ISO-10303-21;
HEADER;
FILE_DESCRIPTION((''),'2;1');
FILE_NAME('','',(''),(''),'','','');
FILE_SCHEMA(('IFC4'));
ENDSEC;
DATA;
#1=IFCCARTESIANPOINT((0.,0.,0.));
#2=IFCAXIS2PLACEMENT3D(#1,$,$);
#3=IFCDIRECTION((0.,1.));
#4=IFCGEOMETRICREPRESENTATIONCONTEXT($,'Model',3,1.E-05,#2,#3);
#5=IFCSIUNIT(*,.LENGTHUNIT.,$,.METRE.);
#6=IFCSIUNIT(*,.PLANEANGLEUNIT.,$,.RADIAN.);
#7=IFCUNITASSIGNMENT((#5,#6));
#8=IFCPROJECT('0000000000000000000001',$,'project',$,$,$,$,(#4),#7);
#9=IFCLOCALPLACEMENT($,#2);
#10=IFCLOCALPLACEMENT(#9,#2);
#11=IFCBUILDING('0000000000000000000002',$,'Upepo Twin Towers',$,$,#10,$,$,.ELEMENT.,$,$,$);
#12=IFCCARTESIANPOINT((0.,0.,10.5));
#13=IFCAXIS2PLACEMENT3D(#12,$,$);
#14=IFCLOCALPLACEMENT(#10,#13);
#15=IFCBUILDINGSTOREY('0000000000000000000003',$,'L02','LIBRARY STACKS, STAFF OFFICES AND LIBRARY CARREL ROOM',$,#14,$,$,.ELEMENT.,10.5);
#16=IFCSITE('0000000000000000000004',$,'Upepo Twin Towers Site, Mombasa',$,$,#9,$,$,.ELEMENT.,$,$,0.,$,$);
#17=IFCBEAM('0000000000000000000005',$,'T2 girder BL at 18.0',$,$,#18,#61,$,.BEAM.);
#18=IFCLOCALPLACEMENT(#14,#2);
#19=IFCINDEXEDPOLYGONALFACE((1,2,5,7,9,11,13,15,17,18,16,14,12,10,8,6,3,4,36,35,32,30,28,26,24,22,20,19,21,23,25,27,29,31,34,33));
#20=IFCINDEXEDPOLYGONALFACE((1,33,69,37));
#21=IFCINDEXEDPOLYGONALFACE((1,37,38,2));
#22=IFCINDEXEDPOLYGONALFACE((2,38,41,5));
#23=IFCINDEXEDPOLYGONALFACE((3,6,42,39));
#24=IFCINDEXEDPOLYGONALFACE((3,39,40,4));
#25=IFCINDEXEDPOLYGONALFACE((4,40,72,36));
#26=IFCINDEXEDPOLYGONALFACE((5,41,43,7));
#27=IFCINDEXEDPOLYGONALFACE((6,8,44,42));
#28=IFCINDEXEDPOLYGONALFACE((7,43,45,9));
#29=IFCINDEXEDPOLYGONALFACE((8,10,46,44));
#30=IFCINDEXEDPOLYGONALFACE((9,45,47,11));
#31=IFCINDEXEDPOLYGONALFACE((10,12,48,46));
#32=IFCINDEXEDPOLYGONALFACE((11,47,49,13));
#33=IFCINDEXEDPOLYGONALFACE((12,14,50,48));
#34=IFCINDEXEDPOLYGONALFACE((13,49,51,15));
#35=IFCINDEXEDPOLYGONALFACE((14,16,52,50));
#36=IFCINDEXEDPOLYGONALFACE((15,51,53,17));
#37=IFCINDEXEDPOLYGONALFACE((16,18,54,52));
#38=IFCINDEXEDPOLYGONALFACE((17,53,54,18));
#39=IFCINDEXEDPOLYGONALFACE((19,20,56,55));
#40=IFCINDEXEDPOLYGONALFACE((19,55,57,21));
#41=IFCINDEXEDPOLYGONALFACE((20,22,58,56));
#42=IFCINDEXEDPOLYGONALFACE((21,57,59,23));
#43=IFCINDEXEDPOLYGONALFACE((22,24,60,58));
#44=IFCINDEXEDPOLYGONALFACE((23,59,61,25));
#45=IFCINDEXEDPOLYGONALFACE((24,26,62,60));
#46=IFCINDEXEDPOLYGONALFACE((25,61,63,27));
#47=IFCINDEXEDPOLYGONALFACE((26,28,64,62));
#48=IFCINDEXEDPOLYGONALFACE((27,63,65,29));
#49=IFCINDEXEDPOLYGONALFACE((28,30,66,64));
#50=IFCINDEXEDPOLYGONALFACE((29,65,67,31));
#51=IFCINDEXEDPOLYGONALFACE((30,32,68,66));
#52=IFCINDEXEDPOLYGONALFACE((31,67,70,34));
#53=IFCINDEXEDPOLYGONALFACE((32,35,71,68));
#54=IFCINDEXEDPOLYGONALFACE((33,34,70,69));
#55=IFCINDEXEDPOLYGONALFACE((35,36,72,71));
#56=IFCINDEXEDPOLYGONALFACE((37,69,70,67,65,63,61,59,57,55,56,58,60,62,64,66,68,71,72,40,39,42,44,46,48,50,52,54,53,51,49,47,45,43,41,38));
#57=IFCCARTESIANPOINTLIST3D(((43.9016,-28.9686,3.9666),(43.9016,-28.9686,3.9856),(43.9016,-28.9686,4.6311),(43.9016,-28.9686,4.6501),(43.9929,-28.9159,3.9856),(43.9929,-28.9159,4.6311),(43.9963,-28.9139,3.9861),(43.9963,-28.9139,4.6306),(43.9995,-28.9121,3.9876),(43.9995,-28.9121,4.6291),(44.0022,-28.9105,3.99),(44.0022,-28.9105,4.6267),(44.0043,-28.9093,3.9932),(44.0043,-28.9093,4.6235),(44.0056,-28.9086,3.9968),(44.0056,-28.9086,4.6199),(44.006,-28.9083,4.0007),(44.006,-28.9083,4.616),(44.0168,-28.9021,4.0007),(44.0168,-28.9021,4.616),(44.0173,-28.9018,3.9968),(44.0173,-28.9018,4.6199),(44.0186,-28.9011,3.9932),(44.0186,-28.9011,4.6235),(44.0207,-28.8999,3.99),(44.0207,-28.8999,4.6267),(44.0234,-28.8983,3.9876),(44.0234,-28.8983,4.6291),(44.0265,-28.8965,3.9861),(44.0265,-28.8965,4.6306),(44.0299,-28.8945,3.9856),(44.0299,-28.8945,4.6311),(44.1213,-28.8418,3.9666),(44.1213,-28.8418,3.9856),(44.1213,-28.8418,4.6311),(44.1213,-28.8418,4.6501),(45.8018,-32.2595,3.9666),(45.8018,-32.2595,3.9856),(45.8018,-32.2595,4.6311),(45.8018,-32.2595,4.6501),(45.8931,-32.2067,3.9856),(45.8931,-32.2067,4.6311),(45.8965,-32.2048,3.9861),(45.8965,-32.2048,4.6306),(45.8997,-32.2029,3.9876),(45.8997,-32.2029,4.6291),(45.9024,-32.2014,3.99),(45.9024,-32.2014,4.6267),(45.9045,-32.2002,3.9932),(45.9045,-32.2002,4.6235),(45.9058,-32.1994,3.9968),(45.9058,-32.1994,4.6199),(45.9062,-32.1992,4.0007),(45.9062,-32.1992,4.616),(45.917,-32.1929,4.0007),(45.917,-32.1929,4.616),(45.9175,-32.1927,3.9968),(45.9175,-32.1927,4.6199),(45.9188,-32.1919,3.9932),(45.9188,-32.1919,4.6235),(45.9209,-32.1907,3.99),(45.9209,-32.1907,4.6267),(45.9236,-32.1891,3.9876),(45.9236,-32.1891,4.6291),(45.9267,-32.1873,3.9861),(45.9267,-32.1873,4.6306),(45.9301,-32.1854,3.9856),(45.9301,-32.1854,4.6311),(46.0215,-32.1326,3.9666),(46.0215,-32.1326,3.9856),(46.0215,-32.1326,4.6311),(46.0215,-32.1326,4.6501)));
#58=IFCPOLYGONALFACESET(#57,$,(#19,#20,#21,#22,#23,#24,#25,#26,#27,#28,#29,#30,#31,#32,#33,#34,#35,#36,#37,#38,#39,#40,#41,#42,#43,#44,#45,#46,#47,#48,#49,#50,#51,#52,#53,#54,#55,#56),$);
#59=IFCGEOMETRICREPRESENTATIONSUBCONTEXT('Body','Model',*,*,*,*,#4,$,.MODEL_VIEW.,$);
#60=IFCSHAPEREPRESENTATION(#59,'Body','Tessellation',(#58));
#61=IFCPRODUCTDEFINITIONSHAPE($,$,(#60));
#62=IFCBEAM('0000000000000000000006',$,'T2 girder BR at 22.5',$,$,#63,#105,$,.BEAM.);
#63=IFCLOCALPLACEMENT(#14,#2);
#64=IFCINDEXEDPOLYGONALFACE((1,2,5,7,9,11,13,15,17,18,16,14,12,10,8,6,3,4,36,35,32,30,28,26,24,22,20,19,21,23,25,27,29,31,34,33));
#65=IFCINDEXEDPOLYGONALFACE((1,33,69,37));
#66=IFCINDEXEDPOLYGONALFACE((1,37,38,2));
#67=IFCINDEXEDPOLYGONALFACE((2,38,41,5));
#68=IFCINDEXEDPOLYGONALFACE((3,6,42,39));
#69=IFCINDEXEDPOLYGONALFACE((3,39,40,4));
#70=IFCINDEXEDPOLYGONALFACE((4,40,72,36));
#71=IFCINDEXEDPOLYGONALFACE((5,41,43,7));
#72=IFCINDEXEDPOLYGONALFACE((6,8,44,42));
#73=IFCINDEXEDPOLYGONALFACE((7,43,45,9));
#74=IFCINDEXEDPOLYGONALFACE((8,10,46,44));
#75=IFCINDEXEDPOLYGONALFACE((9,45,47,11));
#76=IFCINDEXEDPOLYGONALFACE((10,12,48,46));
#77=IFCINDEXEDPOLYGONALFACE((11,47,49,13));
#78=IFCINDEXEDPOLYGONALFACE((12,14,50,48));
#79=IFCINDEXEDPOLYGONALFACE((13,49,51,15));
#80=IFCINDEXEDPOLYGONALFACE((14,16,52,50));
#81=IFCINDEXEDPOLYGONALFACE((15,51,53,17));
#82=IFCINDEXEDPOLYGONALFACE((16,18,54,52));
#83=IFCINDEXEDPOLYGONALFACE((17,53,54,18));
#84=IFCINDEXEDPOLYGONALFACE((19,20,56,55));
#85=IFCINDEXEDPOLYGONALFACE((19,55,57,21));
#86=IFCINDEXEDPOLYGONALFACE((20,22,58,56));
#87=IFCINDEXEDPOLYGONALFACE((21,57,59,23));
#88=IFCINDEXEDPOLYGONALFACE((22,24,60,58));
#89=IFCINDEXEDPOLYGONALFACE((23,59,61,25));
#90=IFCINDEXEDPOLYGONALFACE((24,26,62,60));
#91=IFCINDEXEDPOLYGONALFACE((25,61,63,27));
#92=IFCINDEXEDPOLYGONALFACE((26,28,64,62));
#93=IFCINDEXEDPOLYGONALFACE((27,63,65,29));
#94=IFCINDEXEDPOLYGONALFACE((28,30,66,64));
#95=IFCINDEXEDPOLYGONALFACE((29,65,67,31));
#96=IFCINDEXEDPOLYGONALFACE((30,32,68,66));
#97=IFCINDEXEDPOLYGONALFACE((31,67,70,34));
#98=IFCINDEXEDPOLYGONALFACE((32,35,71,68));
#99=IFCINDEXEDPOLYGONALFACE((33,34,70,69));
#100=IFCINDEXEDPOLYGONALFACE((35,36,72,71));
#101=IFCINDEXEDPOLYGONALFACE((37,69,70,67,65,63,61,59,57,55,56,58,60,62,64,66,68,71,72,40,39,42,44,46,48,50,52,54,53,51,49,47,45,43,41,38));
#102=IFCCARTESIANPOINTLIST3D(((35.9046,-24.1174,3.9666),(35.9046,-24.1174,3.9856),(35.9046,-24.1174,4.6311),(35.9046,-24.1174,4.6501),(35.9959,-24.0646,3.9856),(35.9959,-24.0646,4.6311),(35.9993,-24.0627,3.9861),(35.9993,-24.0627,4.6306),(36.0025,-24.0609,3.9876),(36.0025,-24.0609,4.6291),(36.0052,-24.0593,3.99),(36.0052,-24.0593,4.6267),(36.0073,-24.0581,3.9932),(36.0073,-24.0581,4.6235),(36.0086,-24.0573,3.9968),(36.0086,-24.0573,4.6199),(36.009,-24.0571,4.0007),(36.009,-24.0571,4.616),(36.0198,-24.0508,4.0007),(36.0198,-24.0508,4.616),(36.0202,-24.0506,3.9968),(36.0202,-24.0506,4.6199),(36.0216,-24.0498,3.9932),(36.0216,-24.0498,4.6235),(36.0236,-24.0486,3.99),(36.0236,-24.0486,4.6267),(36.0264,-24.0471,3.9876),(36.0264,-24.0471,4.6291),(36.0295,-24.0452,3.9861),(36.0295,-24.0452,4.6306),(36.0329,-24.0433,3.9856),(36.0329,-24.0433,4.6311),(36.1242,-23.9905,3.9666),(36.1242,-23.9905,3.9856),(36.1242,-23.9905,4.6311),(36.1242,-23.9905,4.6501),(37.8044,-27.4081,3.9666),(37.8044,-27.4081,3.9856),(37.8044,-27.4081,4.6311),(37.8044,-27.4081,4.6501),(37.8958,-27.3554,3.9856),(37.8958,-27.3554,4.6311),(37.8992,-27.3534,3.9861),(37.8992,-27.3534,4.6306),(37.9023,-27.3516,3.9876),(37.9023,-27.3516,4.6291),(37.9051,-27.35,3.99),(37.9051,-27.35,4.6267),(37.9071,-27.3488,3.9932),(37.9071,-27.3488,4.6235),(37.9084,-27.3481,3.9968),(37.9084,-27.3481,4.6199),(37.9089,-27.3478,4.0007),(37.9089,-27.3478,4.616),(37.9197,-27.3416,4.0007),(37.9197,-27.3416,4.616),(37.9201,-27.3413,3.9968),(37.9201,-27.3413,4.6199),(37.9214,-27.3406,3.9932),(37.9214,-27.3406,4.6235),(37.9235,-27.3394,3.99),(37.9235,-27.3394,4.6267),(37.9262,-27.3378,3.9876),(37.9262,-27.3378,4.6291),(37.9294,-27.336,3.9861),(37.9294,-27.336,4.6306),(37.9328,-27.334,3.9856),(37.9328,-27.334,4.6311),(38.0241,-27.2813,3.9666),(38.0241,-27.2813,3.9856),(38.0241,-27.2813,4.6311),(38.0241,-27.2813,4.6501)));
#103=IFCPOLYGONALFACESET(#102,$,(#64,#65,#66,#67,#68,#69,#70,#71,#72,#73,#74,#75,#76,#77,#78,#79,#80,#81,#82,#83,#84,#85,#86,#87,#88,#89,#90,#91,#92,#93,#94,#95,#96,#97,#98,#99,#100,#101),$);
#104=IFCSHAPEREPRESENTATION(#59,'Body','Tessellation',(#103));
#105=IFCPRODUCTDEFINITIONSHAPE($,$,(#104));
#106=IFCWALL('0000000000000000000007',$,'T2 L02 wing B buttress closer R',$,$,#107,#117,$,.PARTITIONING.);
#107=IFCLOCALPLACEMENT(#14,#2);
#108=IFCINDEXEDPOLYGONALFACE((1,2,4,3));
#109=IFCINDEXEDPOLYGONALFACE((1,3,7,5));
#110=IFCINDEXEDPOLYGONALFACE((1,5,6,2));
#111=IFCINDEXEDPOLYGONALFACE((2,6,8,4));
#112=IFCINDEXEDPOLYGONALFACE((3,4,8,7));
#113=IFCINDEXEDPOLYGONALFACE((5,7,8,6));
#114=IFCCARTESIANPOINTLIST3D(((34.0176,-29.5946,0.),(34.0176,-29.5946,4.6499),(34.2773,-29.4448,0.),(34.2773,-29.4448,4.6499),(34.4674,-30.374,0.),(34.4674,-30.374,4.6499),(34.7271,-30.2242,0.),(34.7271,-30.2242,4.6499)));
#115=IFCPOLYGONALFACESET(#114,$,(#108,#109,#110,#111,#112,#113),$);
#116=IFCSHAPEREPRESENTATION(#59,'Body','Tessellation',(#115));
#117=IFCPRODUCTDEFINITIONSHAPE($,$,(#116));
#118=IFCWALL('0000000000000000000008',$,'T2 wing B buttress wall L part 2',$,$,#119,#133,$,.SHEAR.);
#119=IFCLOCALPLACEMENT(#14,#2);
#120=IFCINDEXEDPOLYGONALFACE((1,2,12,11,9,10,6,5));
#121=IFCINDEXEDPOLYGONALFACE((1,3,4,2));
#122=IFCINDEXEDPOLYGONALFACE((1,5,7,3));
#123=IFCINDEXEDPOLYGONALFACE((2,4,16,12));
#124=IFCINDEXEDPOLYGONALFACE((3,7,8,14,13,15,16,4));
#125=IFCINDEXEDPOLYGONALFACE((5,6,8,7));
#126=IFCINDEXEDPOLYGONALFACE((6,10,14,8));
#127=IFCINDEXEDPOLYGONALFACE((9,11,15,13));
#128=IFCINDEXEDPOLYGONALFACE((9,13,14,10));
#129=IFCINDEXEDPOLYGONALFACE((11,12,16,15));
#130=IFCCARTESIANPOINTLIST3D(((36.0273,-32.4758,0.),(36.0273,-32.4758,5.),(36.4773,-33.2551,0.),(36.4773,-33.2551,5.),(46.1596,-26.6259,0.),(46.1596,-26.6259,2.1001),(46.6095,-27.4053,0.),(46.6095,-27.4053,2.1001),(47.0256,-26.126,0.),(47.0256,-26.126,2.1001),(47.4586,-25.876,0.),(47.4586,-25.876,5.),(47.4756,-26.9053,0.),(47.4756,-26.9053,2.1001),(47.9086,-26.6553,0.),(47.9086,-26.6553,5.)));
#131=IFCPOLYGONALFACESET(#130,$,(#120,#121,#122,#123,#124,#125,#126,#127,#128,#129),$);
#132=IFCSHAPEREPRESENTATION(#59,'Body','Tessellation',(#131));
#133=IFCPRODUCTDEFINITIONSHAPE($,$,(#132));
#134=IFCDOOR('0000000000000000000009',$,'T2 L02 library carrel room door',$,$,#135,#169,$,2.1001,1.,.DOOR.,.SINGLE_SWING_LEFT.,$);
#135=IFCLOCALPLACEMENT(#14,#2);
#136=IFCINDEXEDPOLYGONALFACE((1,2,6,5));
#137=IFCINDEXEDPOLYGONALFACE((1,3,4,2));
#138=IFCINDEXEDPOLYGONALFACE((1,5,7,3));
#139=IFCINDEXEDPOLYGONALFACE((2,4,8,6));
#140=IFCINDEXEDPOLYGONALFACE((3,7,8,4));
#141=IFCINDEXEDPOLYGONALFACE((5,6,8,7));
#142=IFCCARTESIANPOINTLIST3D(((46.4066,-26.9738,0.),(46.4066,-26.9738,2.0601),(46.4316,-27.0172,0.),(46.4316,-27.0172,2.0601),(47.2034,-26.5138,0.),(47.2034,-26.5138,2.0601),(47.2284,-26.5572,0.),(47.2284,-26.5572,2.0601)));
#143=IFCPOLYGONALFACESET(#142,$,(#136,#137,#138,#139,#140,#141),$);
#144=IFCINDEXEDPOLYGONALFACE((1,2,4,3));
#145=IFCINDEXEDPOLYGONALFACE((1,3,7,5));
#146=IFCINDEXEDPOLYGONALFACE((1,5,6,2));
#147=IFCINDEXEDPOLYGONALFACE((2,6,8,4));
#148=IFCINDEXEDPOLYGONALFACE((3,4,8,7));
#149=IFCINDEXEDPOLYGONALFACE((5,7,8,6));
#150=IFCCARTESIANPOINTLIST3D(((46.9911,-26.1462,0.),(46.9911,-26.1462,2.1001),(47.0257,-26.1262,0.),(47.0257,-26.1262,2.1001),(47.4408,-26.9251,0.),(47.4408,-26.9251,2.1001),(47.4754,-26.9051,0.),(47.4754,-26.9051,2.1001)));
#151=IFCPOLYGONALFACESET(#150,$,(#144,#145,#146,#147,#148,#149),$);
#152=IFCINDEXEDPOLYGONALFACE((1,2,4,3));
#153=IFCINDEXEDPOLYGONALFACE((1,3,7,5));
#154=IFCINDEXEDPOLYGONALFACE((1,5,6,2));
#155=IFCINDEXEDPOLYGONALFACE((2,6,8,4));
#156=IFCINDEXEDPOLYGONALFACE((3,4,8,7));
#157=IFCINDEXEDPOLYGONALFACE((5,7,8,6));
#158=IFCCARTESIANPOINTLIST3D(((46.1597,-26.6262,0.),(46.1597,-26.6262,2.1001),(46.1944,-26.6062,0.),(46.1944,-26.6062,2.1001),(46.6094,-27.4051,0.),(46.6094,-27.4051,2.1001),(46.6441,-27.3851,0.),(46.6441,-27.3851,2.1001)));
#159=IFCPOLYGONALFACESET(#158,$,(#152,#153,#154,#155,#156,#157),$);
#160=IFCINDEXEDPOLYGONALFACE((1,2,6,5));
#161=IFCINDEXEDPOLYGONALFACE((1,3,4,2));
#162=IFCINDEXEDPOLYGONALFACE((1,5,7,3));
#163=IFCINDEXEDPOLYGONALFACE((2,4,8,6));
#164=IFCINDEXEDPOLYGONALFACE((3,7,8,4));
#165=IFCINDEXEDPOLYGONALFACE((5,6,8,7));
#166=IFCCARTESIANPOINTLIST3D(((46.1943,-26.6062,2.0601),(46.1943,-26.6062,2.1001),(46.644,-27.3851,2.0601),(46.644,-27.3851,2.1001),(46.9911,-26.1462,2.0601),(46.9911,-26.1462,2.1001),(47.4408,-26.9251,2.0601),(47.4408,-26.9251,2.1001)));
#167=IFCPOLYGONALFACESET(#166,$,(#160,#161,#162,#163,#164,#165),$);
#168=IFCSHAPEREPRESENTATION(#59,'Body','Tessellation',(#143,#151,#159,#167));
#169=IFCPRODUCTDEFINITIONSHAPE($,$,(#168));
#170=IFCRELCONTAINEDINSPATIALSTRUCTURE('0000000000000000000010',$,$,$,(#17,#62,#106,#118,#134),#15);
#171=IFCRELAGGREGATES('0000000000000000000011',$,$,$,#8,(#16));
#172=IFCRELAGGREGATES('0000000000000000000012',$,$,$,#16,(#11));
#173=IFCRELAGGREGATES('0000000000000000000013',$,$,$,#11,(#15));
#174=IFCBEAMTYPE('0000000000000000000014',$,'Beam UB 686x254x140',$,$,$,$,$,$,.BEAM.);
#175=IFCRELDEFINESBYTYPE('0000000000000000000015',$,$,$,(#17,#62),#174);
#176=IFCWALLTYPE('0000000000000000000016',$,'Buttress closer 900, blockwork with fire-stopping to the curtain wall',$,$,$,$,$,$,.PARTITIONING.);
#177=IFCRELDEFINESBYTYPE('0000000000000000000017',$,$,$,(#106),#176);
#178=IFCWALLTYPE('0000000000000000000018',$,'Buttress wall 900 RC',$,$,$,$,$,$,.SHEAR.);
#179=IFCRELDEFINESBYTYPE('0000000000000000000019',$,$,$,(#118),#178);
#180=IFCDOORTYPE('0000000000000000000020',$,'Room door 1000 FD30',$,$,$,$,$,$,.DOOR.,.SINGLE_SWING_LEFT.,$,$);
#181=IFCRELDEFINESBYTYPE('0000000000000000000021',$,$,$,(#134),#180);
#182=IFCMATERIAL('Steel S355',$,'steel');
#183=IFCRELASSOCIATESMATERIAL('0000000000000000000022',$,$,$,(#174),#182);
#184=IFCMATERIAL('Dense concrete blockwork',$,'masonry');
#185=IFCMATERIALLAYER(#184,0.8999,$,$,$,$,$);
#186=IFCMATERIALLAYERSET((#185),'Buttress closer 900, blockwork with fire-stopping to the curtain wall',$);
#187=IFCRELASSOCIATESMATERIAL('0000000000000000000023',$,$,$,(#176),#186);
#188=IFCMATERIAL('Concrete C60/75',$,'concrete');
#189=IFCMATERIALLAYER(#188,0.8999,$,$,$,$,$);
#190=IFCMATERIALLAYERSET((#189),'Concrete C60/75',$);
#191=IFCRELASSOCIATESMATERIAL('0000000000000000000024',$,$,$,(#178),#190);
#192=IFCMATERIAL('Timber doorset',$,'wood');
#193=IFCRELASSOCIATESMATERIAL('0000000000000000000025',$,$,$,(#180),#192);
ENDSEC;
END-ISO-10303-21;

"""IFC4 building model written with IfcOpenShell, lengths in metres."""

from ifc_helpers import new_model, si_unit, direction, frame, frame_2d, origin, origin_2d, place, context, subcontext, project, spatial, rectangle, i_section, extrude, material, layer, layer_set, material_profile, profile_set, type_object, element, fill, save


model = new_model("IFC4")

# Units and contexts
model_context = context("Model", 3, precision=1e-05, world=origin(), true_north=direction((0.0, 1.0)))
body_context = subcontext(model_context, "Body", "Model", "MODEL_VIEW")
ifc_project = project(units=[si_unit("LENGTHUNIT", "METRE"), si_unit("PLANEANGLEUNIT", "RADIAN")], contexts=[model_context])

# Site, building, storey
site_placement = place(None, origin())
site = spatial("IfcSite", under=ifc_project, at=site_placement, Name="Upepo Twin Towers Site, Mombasa", CompositionType="ELEMENT", RefElevation=0.0)
building_placement = place(site_placement, origin())
building = spatial("IfcBuilding", under=site, at=building_placement, Name="Upepo Twin Towers", CompositionType="ELEMENT")
storey_placement = place(building_placement, frame((0.0, 0.0, 10.5)))
storey = spatial("IfcBuildingStorey", under=building, at=storey_placement, Name="L02", Description="LIBRARY STACKS, STAFF OFFICES AND LIBRARY CARREL ROOM", CompositionType="ELEMENT", Elevation=10.5)

# Beams
ifc_material_1 = material(Name="Steel S355", Category="steel")
ifc_material_profile_1 = material_profile(ifc_material_1, i_section(OverallWidth=0.2537, OverallDepth=0.6836, WebThickness=0.0125, FlangeThickness=0.019, FilletRadius=0.0151, at=origin_2d()), Name="UB 686x254x140")
ifc_profile_set_1 = profile_set([ifc_material_profile_1], Name="Steel S355")
beam_type_1 = type_object("IfcBeamType", Name="Beam UB 686x254x140", PredefinedType="BEAM", material=ifc_profile_set_1)
beam_1_placement = place(storey_placement, frame((45.9116, -32.196, 4.3083), z_axis=(-0.500043, 0.866, 0.0), x_axis=(-0.866, -0.500043, 0.0)))
element("IfcBeam", 1, at=beam_1_placement, inside=storey, type_object=beam_type_1, Name="T2 girder BL at 18.0", PredefinedType="BEAM", context=body_context, shape_type="SweptSolid", body=[
    extrude(i_section(OverallWidth=0.2537, OverallDepth=0.6836, WebThickness=0.0125, FlangeThickness=0.019, FilletRadius=0.0151, at=origin_2d()), origin(), (0.0, 0.0, 1.0), 3.8),
])
beam_2_placement = place(storey_placement, frame((36.0144, -24.054, 4.3083), z_axis=(0.499995, -0.866028, 0.0), x_axis=(0.866028, 0.499995, 0.0)))
element("IfcBeam", 2, at=beam_2_placement, inside=storey, type_object=beam_type_1, Name="T2 girder BR at 22.5", PredefinedType="BEAM", context=body_context, shape_type="SweptSolid", body=[
    extrude(i_section(OverallWidth=0.2537, OverallDepth=0.6836, WebThickness=0.0125, FlangeThickness=0.019, FilletRadius=0.0151, at=origin_2d()), origin(), (0.0, 0.0, 1.0), 3.7998),
])

# Wall
ifc_material_2 = material(Name="Dense concrete blockwork", Category="masonry")
ifc_layer_1 = layer(ifc_material_2, 0.8999)
ifc_layer_set_1 = layer_set([ifc_layer_1], Name="Buttress closer 900, blockwork with fire-stopping to the curtain wall")
wall_type_1 = type_object("IfcWallType", Name="Buttress closer 900, blockwork with fire-stopping to the curtain wall", PredefinedType="PARTITIONING", material=ifc_layer_set_1)
wall_1_placement = place(storey_placement, frame((34.5022, -29.8345, 0.0), z_axis=(0.0, 0.0, 1.0), x_axis=(-0.866131, -0.499816, 0.0)))
element("IfcWall", 3, at=wall_1_placement, inside=storey, type_object=wall_type_1, Name="T2 L02 wing B buttress closer R", PredefinedType="PARTITIONING", context=body_context, shape_type="SweptSolid", body=[
    extrude(rectangle(XDim=0.2998, YDim=0.8999, at=frame_2d((0.1499, 0.0))), origin(), (0.0, 0.0, 1.0), 4.6499),
])

# Wall, opening, door
ifc_material_3 = material(Name="Concrete C60/75", Category="concrete")
ifc_layer_2 = layer(ifc_material_3, 0.8999)
ifc_layer_set_2 = layer_set([ifc_layer_2], Name="Concrete C60/75")
wall_type_2 = type_object("IfcWallType", Name="Buttress wall 900 RC", PredefinedType="SHEAR", material=ifc_layer_set_2)
wall_2_placement = place(storey_placement, frame((47.6836, -26.2656, 0.0), z_axis=(0.0, 0.0, 1.0), x_axis=(-0.866028, -0.499996, 0.0)))
wall_2 = element("IfcWall", 4, at=wall_2_placement, inside=storey, type_object=wall_type_2, Name="T2 wing B buttress wall L part 2", PredefinedType="SHEAR", context=body_context, shape_type="SweptSolid", body=[
    extrude(rectangle(XDim=13.1997, YDim=0.8999, at=frame_2d((6.5999, 0.0))), origin(), (0.0, 0.0, 1.0), 5.0),
])
opening_1_placement = place(wall_2_placement, frame((0.5, 0.0, 0.0)))
opening_1 = element("IfcOpeningElement", 5, at=opening_1_placement, cuts=wall_2, PredefinedType="OPENING", context=body_context, shape_type="SweptSolid", body=[
    extrude(rectangle(XDim=1.0, YDim=2.1001, at=frame_2d((0.5, 1.05))), frame((0.0, 0.46, 0.0), z_axis=(0.0, -1.0, 0.0), x_axis=(1.0, 0.0, 0.0)), (0.0, 0.0, 1.0), 0.9199),
])
ifc_material_4 = material(Name="Timber doorset", Category="wood")
door_type = type_object("IfcDoorType", Name="Room door 1000 FD30", OperationType="SINGLE_SWING_LEFT", PredefinedType="DOOR", material=ifc_material_4)
door_1_placement = place(opening_1_placement, origin())
door_1 = element("IfcDoor", 6, at=door_1_placement, inside=storey, type_object=door_type, Name="T2 L02 library carrel room door", OperationType="SINGLE_SWING_LEFT", OverallHeight=2.1001, OverallWidth=1.0, PredefinedType="DOOR", context=body_context, shape_type="SweptSolid", body=[
    extrude(rectangle(XDim=0.92, YDim=2.0601, at=frame_2d((0.5, 1.03))), frame((0.0, 0.0249, 0.0), z_axis=(0.0, -1.0, 0.0), x_axis=(1.0, 0.0, 0.0)), (0.0, 0.0, 1.0), 0.05),
    extrude(rectangle(XDim=0.04, YDim=2.1001, at=frame_2d((0.02, 1.05))), frame((0.0, 0.4497, 0.0), z_axis=(0.0, -1.0, 0.0), x_axis=(1.0, 0.0, 0.0)), (0.0, 0.0, 1.0), 0.8994),
    extrude(rectangle(XDim=0.04, YDim=2.1001, at=frame_2d((0.98, 1.05))), frame((0.0, 0.4497, 0.0), z_axis=(0.0, -1.0, 0.0), x_axis=(1.0, 0.0, 0.0)), (0.0, 0.0, 1.0), 0.8994),
    extrude(rectangle(XDim=0.92, YDim=0.04, at=frame_2d((0.5, 2.0801))), frame((0.0, 0.4497, 0.0), z_axis=(0.0, -1.0, 0.0), x_axis=(1.0, 0.0, 0.0)), (0.0, 0.0, 1.0), 0.8994),
])
fill(opening_1, door_1)

save(model, "model.ifc")
